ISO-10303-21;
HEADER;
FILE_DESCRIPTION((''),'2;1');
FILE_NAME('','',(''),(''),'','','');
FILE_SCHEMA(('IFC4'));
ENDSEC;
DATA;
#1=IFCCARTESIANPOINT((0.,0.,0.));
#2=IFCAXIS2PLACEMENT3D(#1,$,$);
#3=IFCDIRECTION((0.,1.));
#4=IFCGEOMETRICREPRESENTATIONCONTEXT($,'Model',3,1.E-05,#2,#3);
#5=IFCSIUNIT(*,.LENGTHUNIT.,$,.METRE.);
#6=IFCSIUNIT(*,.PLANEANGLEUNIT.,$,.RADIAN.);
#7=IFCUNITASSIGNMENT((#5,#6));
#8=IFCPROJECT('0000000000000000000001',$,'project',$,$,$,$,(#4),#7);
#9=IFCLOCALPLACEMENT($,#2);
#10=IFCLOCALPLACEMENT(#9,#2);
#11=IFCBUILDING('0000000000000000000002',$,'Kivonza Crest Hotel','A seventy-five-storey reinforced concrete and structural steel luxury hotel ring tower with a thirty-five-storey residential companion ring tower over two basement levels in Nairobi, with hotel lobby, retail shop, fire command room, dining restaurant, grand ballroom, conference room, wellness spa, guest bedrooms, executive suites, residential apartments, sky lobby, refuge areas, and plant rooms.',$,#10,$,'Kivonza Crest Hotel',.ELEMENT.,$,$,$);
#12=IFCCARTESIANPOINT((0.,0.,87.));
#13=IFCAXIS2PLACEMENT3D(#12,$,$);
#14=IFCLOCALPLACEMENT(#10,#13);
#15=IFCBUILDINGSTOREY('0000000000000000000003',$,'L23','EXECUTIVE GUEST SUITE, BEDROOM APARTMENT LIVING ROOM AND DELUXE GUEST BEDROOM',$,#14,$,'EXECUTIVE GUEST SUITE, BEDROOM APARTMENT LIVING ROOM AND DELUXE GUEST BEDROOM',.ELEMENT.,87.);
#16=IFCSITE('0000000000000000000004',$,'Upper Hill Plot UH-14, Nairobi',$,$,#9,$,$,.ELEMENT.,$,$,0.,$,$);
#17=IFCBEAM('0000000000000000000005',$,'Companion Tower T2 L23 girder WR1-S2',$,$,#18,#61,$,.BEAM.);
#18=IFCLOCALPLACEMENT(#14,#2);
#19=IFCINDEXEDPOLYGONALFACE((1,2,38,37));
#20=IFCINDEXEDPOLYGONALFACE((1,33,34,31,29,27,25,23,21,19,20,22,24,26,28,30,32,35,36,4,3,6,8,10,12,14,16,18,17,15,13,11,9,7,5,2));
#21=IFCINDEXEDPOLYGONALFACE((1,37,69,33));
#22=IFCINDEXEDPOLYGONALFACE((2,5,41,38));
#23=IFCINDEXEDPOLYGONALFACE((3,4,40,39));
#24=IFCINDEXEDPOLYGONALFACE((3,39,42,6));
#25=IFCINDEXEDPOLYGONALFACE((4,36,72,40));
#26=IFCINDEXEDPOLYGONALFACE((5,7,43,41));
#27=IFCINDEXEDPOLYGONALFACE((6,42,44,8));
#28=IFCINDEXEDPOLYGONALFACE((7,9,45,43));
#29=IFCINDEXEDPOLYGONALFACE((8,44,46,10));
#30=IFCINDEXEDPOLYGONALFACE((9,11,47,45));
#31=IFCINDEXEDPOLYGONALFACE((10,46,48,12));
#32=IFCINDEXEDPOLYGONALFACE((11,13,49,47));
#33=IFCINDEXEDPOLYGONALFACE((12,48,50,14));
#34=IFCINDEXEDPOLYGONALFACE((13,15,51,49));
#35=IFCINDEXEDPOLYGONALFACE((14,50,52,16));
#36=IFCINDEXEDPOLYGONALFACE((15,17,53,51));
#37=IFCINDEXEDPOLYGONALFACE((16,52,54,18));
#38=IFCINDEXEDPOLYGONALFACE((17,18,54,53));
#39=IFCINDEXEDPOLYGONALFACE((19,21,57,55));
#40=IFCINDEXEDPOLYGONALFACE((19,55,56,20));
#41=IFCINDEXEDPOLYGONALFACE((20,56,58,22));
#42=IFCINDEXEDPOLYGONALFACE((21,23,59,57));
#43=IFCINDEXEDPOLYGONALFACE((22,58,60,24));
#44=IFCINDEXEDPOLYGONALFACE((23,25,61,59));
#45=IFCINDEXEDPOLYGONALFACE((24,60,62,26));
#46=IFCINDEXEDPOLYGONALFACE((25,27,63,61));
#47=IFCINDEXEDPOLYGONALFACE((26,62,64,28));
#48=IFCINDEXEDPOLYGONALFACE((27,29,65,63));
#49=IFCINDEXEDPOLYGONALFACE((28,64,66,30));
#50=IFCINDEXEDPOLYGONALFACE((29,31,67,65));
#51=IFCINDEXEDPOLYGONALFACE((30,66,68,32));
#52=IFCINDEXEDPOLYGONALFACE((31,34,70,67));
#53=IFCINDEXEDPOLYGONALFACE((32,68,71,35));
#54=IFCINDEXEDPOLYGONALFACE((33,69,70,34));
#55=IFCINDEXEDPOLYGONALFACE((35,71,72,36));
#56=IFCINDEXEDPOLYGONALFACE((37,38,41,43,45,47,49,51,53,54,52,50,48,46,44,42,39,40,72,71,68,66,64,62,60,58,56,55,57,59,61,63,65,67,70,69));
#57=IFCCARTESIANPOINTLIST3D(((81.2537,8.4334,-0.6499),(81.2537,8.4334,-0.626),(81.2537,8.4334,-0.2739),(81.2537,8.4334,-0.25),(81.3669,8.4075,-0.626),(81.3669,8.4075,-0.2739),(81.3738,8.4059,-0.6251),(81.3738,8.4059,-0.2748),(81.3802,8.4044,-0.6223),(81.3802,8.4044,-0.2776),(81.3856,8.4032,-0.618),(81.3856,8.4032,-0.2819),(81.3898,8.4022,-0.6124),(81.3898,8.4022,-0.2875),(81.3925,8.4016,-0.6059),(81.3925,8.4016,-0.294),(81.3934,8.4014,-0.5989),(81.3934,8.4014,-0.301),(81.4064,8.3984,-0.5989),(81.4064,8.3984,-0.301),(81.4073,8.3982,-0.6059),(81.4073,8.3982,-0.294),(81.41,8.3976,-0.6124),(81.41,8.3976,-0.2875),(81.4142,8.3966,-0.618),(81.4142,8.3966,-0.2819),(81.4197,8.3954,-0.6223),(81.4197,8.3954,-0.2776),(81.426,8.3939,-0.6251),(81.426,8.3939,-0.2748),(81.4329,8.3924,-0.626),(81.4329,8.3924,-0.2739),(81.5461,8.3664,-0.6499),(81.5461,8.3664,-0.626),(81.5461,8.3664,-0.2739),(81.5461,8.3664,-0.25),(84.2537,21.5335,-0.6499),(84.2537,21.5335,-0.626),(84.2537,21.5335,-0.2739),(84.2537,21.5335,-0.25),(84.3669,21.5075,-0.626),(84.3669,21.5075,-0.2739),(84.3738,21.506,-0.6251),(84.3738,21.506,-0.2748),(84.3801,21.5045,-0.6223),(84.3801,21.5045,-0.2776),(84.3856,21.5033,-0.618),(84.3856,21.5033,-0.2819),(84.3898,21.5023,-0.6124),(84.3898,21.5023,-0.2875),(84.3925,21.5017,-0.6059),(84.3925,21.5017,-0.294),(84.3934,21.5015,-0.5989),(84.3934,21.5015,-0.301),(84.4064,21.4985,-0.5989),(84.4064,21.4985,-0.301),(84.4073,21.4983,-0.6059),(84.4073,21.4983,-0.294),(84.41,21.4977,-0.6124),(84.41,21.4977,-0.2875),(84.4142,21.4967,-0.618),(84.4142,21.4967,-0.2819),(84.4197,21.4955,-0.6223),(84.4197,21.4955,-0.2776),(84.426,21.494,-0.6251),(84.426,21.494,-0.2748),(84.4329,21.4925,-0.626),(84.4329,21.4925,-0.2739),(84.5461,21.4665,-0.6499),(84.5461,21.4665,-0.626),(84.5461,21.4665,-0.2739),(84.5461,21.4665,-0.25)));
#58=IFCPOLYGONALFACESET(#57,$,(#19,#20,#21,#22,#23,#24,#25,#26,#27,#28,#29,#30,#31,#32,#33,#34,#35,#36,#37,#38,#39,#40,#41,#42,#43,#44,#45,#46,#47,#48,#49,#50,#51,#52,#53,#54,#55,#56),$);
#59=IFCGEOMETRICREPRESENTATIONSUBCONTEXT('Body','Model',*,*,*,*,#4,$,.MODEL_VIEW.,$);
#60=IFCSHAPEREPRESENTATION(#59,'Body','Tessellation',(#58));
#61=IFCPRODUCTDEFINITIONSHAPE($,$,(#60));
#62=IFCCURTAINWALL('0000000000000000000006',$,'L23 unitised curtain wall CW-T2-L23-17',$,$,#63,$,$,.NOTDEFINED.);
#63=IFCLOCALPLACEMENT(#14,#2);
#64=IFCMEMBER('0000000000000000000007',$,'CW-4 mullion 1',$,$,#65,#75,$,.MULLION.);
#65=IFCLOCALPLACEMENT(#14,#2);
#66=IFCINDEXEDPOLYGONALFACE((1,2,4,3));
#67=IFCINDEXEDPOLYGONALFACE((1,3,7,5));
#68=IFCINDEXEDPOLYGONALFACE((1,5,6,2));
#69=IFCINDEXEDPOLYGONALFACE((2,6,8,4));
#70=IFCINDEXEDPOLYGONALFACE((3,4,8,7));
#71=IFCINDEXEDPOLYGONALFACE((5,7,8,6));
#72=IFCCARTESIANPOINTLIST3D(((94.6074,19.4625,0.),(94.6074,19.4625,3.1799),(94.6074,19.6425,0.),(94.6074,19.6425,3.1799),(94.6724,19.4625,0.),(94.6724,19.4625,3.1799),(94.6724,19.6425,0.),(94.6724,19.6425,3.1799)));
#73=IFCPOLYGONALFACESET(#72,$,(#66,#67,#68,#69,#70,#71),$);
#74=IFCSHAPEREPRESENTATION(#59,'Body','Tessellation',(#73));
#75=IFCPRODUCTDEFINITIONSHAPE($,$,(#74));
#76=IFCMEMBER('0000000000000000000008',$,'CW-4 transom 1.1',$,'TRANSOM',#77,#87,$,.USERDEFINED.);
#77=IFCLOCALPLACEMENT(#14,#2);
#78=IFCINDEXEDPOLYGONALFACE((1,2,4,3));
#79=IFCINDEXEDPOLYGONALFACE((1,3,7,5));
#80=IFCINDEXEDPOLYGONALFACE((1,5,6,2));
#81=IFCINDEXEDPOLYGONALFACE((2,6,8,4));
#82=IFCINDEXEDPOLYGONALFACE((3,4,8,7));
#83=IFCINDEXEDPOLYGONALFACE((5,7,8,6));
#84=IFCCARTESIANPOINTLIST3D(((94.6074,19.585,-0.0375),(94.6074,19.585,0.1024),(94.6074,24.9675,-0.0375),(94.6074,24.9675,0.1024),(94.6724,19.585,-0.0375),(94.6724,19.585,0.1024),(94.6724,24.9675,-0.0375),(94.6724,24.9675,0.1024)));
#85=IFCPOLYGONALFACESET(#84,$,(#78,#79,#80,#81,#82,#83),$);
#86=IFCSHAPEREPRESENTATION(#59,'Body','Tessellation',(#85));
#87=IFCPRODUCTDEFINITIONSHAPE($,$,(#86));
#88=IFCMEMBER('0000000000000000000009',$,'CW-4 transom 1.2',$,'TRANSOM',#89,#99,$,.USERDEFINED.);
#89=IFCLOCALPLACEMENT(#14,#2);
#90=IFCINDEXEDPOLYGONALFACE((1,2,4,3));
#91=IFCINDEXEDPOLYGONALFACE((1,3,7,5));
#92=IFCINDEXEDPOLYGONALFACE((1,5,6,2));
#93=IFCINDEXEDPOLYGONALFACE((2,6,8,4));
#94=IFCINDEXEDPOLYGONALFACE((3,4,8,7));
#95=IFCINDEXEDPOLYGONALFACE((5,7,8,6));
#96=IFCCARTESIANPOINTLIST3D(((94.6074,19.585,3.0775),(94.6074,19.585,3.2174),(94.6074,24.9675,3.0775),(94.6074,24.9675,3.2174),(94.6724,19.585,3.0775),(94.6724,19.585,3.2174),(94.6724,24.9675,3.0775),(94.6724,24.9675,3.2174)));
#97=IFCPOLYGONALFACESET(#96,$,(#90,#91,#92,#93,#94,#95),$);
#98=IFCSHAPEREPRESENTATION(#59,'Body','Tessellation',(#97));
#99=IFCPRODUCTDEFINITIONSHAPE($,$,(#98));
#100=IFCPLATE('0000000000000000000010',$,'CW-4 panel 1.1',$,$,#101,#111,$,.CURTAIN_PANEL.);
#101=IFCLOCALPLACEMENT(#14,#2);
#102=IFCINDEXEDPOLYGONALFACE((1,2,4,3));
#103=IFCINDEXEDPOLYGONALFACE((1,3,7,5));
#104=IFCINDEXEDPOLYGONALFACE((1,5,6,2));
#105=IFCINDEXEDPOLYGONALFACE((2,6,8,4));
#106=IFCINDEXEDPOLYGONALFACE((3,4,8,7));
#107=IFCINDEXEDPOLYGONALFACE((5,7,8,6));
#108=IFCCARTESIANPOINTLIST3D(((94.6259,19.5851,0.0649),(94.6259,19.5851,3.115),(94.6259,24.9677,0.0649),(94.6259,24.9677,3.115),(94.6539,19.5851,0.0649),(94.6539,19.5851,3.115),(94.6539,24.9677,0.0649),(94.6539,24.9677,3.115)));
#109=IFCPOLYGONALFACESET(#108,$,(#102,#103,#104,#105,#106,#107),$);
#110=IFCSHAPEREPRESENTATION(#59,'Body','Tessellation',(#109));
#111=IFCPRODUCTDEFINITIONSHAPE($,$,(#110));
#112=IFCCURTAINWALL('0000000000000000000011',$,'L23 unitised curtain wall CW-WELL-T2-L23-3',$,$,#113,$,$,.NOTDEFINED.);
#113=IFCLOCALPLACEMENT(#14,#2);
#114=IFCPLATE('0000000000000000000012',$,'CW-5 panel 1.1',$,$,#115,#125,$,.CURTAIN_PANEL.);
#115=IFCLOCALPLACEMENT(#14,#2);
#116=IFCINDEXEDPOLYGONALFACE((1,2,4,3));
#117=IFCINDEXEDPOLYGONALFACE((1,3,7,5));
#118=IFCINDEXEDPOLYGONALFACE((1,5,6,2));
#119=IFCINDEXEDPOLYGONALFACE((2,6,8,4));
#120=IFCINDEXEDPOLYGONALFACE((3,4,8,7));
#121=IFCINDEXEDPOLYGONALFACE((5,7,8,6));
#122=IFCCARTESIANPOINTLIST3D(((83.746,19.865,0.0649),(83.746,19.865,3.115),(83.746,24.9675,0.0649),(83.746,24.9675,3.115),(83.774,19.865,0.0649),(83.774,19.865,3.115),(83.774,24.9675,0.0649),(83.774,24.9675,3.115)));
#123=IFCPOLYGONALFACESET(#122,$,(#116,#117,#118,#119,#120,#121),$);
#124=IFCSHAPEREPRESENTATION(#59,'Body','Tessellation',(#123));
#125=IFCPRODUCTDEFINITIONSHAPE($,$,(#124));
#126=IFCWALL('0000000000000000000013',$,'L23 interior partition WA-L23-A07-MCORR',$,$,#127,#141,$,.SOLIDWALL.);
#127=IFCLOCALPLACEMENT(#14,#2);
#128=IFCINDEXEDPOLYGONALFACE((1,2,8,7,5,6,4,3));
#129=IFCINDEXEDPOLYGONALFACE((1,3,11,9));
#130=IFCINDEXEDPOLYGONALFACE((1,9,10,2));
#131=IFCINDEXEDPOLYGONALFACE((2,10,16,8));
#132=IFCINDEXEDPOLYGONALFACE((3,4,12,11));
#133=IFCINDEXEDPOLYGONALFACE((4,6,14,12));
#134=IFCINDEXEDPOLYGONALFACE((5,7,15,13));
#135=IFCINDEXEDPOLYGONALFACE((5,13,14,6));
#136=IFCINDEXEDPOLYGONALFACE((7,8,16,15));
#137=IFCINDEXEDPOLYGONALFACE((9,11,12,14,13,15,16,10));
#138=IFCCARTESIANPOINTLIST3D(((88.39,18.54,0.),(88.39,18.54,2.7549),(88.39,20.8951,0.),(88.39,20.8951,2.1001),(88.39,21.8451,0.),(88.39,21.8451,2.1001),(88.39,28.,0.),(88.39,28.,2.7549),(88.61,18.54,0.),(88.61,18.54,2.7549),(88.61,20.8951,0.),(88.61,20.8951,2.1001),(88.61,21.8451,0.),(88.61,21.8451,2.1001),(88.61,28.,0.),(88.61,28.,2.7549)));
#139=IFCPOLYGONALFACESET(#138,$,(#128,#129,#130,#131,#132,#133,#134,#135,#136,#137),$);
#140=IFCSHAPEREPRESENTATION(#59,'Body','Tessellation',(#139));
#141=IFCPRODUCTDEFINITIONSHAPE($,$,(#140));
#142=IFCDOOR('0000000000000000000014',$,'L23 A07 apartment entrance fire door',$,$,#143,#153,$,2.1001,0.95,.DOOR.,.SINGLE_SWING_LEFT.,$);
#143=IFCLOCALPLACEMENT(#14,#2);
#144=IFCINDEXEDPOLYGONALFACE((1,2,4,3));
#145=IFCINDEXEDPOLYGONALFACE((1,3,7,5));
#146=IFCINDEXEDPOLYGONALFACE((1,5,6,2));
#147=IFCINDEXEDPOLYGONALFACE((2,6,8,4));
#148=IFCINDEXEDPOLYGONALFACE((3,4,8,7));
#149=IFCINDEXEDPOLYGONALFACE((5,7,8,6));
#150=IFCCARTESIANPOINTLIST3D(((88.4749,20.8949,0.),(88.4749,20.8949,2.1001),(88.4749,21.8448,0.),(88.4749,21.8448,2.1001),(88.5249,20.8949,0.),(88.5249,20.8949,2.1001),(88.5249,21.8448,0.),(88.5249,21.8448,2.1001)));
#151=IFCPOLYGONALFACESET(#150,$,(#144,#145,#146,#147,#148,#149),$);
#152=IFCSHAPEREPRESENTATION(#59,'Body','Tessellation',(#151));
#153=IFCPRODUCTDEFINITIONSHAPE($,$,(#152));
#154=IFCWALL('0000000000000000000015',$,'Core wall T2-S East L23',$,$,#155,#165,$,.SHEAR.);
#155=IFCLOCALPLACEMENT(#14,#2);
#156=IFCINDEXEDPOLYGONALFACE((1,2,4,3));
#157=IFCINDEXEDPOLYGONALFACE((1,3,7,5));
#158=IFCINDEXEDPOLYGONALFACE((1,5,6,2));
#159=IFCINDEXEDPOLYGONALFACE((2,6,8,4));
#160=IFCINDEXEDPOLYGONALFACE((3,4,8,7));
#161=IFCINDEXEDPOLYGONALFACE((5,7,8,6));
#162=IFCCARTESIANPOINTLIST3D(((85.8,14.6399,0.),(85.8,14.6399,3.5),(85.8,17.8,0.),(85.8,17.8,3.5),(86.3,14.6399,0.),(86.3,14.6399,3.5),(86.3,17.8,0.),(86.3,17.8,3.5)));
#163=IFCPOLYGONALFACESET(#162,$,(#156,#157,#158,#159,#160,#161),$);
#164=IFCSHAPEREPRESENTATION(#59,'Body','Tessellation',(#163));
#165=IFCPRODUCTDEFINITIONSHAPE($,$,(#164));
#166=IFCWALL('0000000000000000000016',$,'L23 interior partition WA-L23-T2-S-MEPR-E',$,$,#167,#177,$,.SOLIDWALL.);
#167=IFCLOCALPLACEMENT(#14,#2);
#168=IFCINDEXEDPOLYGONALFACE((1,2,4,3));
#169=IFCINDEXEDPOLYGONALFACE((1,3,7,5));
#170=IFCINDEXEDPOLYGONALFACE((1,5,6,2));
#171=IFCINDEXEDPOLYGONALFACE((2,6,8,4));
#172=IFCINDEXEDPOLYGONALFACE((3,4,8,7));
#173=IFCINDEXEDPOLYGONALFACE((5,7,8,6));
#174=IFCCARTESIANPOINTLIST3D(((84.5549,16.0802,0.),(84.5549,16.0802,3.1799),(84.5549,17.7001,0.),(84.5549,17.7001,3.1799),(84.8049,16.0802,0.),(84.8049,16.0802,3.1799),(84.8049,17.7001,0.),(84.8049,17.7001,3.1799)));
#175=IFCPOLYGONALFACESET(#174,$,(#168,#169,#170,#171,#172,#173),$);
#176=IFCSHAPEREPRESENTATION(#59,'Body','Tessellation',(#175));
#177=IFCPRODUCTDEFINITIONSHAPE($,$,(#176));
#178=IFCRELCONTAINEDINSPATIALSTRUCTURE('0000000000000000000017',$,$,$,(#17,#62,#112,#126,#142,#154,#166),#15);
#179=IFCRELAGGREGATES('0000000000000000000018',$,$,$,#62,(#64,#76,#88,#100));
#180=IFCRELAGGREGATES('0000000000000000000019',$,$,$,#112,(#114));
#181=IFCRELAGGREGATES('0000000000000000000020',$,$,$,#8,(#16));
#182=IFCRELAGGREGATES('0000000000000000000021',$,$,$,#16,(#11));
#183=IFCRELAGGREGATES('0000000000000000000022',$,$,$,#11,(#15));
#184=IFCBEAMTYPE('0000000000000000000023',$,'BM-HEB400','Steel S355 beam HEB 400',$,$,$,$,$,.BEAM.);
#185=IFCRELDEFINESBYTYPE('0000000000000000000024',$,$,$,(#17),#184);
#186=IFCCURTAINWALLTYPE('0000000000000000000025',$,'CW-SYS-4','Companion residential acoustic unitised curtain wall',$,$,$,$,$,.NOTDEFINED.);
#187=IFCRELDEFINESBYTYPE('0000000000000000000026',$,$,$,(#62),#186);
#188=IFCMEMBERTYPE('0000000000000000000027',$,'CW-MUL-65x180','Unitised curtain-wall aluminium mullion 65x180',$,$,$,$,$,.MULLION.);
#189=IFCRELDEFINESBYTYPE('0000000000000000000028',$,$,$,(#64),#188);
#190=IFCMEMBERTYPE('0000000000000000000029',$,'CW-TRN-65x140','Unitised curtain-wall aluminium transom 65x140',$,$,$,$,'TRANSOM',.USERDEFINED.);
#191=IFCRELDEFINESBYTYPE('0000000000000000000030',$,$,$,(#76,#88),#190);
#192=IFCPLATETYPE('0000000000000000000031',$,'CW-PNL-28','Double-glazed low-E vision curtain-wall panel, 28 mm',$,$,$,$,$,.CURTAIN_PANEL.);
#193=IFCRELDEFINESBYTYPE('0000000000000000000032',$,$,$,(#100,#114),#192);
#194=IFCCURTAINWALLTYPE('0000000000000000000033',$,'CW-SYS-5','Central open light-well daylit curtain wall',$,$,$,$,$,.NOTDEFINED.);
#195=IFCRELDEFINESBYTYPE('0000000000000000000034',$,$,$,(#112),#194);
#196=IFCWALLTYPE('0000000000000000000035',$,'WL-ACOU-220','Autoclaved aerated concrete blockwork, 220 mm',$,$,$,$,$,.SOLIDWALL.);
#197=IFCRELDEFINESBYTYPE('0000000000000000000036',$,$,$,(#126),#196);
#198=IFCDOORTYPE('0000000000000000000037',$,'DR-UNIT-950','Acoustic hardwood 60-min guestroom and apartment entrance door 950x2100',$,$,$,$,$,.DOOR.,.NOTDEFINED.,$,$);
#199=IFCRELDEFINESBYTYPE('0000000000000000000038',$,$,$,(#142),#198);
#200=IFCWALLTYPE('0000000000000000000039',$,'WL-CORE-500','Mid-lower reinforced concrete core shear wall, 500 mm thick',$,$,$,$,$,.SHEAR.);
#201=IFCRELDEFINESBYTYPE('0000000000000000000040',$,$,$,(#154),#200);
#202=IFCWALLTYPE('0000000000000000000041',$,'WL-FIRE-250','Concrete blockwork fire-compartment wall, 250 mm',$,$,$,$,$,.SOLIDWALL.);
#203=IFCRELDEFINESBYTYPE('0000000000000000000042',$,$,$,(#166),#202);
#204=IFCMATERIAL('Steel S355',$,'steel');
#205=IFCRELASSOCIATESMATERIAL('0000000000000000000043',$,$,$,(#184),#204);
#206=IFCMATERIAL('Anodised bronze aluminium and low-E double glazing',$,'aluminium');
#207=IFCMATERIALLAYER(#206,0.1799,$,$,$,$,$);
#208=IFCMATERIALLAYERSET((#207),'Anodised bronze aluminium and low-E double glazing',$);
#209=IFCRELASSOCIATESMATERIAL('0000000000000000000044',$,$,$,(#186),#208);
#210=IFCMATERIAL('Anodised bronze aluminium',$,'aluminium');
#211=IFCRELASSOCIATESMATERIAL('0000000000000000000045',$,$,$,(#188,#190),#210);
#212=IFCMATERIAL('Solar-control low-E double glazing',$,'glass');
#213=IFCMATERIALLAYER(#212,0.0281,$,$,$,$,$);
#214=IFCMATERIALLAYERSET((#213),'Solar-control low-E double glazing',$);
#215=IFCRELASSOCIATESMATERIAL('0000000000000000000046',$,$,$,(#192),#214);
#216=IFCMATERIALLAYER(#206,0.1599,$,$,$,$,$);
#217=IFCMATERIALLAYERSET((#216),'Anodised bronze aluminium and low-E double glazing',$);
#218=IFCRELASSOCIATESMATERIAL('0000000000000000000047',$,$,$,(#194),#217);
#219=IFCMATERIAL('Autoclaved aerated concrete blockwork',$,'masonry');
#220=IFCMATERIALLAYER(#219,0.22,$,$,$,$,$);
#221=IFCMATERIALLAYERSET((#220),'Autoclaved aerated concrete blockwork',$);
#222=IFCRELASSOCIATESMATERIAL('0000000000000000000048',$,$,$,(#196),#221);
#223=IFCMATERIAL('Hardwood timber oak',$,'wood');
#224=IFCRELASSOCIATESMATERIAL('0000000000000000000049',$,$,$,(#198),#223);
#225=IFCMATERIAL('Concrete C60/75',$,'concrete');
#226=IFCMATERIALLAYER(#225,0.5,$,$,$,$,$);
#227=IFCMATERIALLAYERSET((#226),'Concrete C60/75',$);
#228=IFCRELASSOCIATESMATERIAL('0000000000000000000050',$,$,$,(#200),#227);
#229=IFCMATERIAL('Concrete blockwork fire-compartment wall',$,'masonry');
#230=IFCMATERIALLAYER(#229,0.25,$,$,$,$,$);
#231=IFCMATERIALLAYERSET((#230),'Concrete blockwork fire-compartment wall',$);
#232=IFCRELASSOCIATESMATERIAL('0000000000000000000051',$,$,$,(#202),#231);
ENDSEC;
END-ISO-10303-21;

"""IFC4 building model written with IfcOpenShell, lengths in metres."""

from ifc_helpers import new_model, si_unit, direction, frame, frame_2d, origin, origin_2d, place, context, subcontext, project, spatial, rectangle, i_section, extrude, material, layer, layer_set, material_profile, profile_set, type_object, element, fill, aggregate, save


model = new_model("IFC4")

# Units and contexts
model_context = context("Model", 3, precision=1e-05, world=origin(), true_north=direction((0.0, 1.0)))
body_context = subcontext(model_context, "Body", "Model", "MODEL_VIEW")
ifc_project = project(units=[si_unit("LENGTHUNIT", "METRE"), si_unit("PLANEANGLEUNIT", "RADIAN")], contexts=[model_context])

# Site, building, storey
site_placement = place(None, origin())
site = spatial("IfcSite", under=ifc_project, at=site_placement, Name="Upper Hill Plot UH-14, Nairobi", CompositionType="ELEMENT", RefElevation=0.0)
building_placement = place(site_placement, origin())
building = spatial("IfcBuilding", under=site, at=building_placement, Name="Kivonza Crest Hotel", Description="A seventy-five-storey reinforced concrete and structural steel luxury hotel ring tower with a thirty-five-storey residential companion ring tower over two basement levels in Nairobi, with hotel lobby, retail shop, fire command room, dining restaurant, grand ballroom, conference room, wellness spa, guest bedrooms, executive suites, residential apartments, sky lobby, refuge areas, and plant rooms.", LongName="Kivonza Crest Hotel", CompositionType="ELEMENT")
storey_placement = place(building_placement, frame((0.0, 0.0, 87.0)))
storey = spatial("IfcBuildingStorey", under=building, at=storey_placement, Name="L23", Description="EXECUTIVE GUEST SUITE, BEDROOM APARTMENT LIVING ROOM AND DELUXE GUEST BEDROOM", LongName="EXECUTIVE GUEST SUITE, BEDROOM APARTMENT LIVING ROOM AND DELUXE GUEST BEDROOM", CompositionType="ELEMENT", Elevation=87.0)

# Beam
ifc_material_1 = material(Name="Steel S355", Category="steel")
ifc_material_profile_1 = material_profile(ifc_material_1, i_section(OverallWidth=0.3, OverallDepth=0.3999, WebThickness=0.0134, FlangeThickness=0.0239, FilletRadius=0.0271, at=origin_2d()), Name="HEB 400")
ifc_profile_set_1 = profile_set([ifc_material_profile_1], Name="Steel S355")
beam_type_1 = type_object("IfcBeamType", Name="BM-HEB400", Description="Steel S355 beam HEB 400", PredefinedType="BEAM", material=ifc_profile_set_1)
beam_1_placement = place(storey_placement, frame((84.3999, 21.5, -0.45), z_axis=(-0.223227, -0.974766, 0.0), x_axis=(0.974766, -0.223227, 0.0)))
element("IfcBeam", 1, at=beam_1_placement, inside=storey, type_object=beam_type_1, Name="Companion Tower T2 L23 girder WR1-S2", PredefinedType="BEAM", context=body_context, shape_type="SweptSolid", body=[
    extrude(i_section(OverallWidth=0.3, OverallDepth=0.3999, WebThickness=0.0134, FlangeThickness=0.0239, FilletRadius=0.0271, at=origin_2d()), origin(), (0.0, 0.0, 1.0), 13.4392),
])

# Curtain wall, members, plate
ifc_material_2 = material(Name="Anodised bronze aluminium and low-E double glazing", Category="aluminium")
ifc_layer_1 = layer(ifc_material_2, 0.1799)
ifc_layer_set_1 = layer_set([ifc_layer_1], Name="Anodised bronze aluminium and low-E double glazing")
curtain_wall_type_1 = type_object("IfcCurtainWallType", Name="CW-SYS-4", Description="Companion residential acoustic unitised curtain wall", PredefinedType="NOTDEFINED", material=ifc_layer_set_1)
curtain_wall_1_placement = place(storey_placement, origin())
curtain_wall_1 = element("IfcCurtainWall", 2, at=curtain_wall_1_placement, inside=storey, type_object=curtain_wall_type_1, Name="L23 unitised curtain wall CW-T2-L23-17", PredefinedType="NOTDEFINED")
ifc_material_3 = material(Name="Anodised bronze aluminium", Category="aluminium")
ifc_material_profile_2 = material_profile(ifc_material_3, rectangle(XDim=0.0649, YDim=0.1799, at=origin_2d()), Name="CW-M 65x180")
ifc_profile_set_2 = profile_set([ifc_material_profile_2], Name="Anodised bronze aluminium")
member_type_1 = type_object("IfcMemberType", Name="CW-MUL-65x180", Description="Unitised curtain-wall aluminium mullion 65x180", PredefinedType="MULLION", material=ifc_profile_set_2)
member_1_placement = place(storey_placement, frame((94.6399, 19.5525, 0.0), z_axis=(0.0, 0.0, 1.0), x_axis=(-1.0, 0.0, 0.0)))
member_1 = element("IfcMember", 3, at=member_1_placement, type_object=member_type_1, Name="CW-4 mullion 1", PredefinedType="MULLION", context=body_context, shape_type="SweptSolid", body=[
    extrude(rectangle(XDim=0.0649, YDim=0.1799, at=origin_2d()), origin(), (0.0, 0.0, 1.0), 3.1799),
])
ifc_material_profile_3 = material_profile(ifc_material_3, rectangle(XDim=0.0649, YDim=0.1399, at=origin_2d()), Name="CW-T 65x140")
ifc_profile_set_3 = profile_set([ifc_material_profile_3], Name="Anodised bronze aluminium")
member_type_2 = type_object("IfcMemberType", Name="CW-TRN-65x140", Description="Unitised curtain-wall aluminium transom 65x140", ElementType="TRANSOM", PredefinedType="USERDEFINED", material=ifc_profile_set_3)
member_2_placement = place(storey_placement, frame((94.6399, 19.585, 0.0325), z_axis=(0.0, 1.0, 0.0), x_axis=(-1.0, 0.0, 0.0)))
member_2 = element("IfcMember", 4, at=member_2_placement, type_object=member_type_2, Name="CW-4 transom 1.1", ObjectType="TRANSOM", PredefinedType="USERDEFINED", context=body_context, shape_type="SweptSolid", body=[
    extrude(rectangle(XDim=0.0649, YDim=0.1399, at=origin_2d()), origin(), (0.0, 0.0, 1.0), 5.3826),
])
member_3_placement = place(storey_placement, frame((94.6399, 19.585, 3.1475), z_axis=(0.0, 1.0, 0.0), x_axis=(-1.0, 0.0, 0.0)))
member_3 = element("IfcMember", 5, at=member_3_placement, type_object=member_type_2, Name="CW-4 transom 1.2", ObjectType="TRANSOM", PredefinedType="USERDEFINED", context=body_context, shape_type="SweptSolid", body=[
    extrude(rectangle(XDim=0.0649, YDim=0.1399, at=origin_2d()), origin(), (0.0, 0.0, 1.0), 5.3826),
])
ifc_material_4 = material(Name="Solar-control low-E double glazing", Category="glass")
ifc_layer_2 = layer(ifc_material_4, 0.0281)
ifc_layer_set_2 = layer_set([ifc_layer_2], Name="Solar-control low-E double glazing")
plate_type = type_object("IfcPlateType", Name="CW-PNL-28", Description="Double-glazed low-E vision curtain-wall panel, 28 mm", PredefinedType="CURTAIN_PANEL", material=ifc_layer_set_2)
plate_1_placement = place(storey_placement, frame((94.6399, 22.2764, 0.0649), z_axis=(0.0, 0.0, 1.0), x_axis=(0.0, 1.0, 0.0)))
plate_1 = element("IfcPlate", 6, at=plate_1_placement, type_object=plate_type, Name="CW-4 panel 1.1", PredefinedType="CURTAIN_PANEL", context=body_context, shape_type="SweptSolid", body=[
    extrude(rectangle(XDim=5.3826, YDim=0.0281, at=origin_2d()), origin(), (0.0, 0.0, 1.0), 3.05),
])
aggregate(curtain_wall_1, [member_1, member_2, member_3, plate_1])

# Curtain wall, plate
ifc_layer_3 = layer(ifc_material_2, 0.1599)
ifc_layer_set_3 = layer_set([ifc_layer_3], Name="Anodised bronze aluminium and low-E double glazing")
curtain_wall_type_2 = type_object("IfcCurtainWallType", Name="CW-SYS-5", Description="Central open light-well daylit curtain wall", PredefinedType="NOTDEFINED", material=ifc_layer_set_3)
curtain_wall_2_placement = place(storey_placement, origin())
curtain_wall_2 = element("IfcCurtainWall", 7, at=curtain_wall_2_placement, inside=storey, type_object=curtain_wall_type_2, Name="L23 unitised curtain wall CW-WELL-T2-L23-3", PredefinedType="NOTDEFINED")
plate_2_placement = place(storey_placement, frame((83.76, 22.4163, 0.0649), z_axis=(0.0, 0.0, 1.0), x_axis=(0.0, 1.0, 0.0)))
plate_2 = element("IfcPlate", 8, at=plate_2_placement, type_object=plate_type, Name="CW-5 panel 1.1", PredefinedType="CURTAIN_PANEL", context=body_context, shape_type="SweptSolid", body=[
    extrude(rectangle(XDim=5.1025, YDim=0.0281, at=origin_2d()), origin(), (0.0, 0.0, 1.0), 3.05),
])
aggregate(curtain_wall_2, [plate_2])

# Wall, opening, door
ifc_material_5 = material(Name="Autoclaved aerated concrete blockwork", Category="masonry")
ifc_layer_4 = layer(ifc_material_5, 0.22)
ifc_layer_set_4 = layer_set([ifc_layer_4], Name="Autoclaved aerated concrete blockwork")
wall_type_1 = type_object("IfcWallType", Name="WL-ACOU-220", Description="Autoclaved aerated concrete blockwork, 220 mm", PredefinedType="SOLIDWALL", material=ifc_layer_set_4)
wall_1_placement = place(storey_placement, frame((88.5, 18.54, 0.0), z_axis=(0.0, 0.0, 1.0), x_axis=(0.0, 1.0, 0.0)))
wall_1 = element("IfcWall", 9, at=wall_1_placement, inside=storey, type_object=wall_type_1, Name="L23 interior partition WA-L23-A07-MCORR", PredefinedType="SOLIDWALL", context=body_context, shape_type="SweptSolid", body=[
    extrude(rectangle(XDim=9.46, YDim=0.22, at=frame_2d((4.73, 0.0))), origin(), (0.0, 0.0, 1.0), 2.7549),
])
opening_1_placement = place(wall_1_placement, frame((2.355, 0.0, 0.0)))
opening_1 = element("IfcOpeningElement", 10, at=opening_1_placement, cuts=wall_1, PredefinedType="OPENING", context=body_context, shape_type="SweptSolid", body=[
    extrude(rectangle(XDim=0.95, YDim=2.1001, at=frame_2d((0.4751, 1.05))), frame((0.0, 0.1201, 0.0), z_axis=(0.0, -1.0, 0.0), x_axis=(1.0, 0.0, 0.0)), (0.0, 0.0, 1.0), 0.24),
])
ifc_material_6 = material(Name="Hardwood timber oak", Category="wood")
door_type_1 = type_object("IfcDoorType", Name="DR-UNIT-950", Description="Acoustic hardwood 60-min guestroom and apartment entrance door 950x2100", OperationType="NOTDEFINED", PredefinedType="DOOR", material=ifc_material_6)
door_1_placement = place(opening_1_placement, frame((0.95, 0.0, 0.0), z_axis=(0.0, 0.0, 1.0), x_axis=(-1.0, 0.0, 0.0)))
door_1 = element("IfcDoor", 11, at=door_1_placement, inside=storey, type_object=door_type_1, Name="L23 A07 apartment entrance fire door", OperationType="SINGLE_SWING_LEFT", OverallHeight=2.1001, OverallWidth=0.95, PredefinedType="DOOR", context=body_context, shape_type="SweptSolid", body=[
    extrude(rectangle(XDim=0.95, YDim=2.1001, at=frame_2d((0.4751, 1.05))), frame((0.0, 0.0249, 0.0), z_axis=(0.0, -1.0, 0.0), x_axis=(1.0, 0.0, 0.0)), (0.0, 0.0, 1.0), 0.05),
])
fill(opening_1, door_1)

# Walls
ifc_material_7 = material(Name="Concrete C60/75", Category="concrete")
ifc_layer_5 = layer(ifc_material_7, 0.5)
ifc_layer_set_5 = layer_set([ifc_layer_5], Name="Concrete C60/75")
wall_type_2 = type_object("IfcWallType", Name="WL-CORE-500", Description="Mid-lower reinforced concrete core shear wall, 500 mm thick", PredefinedType="SHEAR", material=ifc_layer_set_5)
wall_2_placement = place(storey_placement, frame((86.05, 14.6399, 0.0), z_axis=(0.0, 0.0, 1.0), x_axis=(0.0, 1.0, 0.0)))
element("IfcWall", 12, at=wall_2_placement, inside=storey, type_object=wall_type_2, Name="Core wall T2-S East L23", PredefinedType="SHEAR", context=body_context, shape_type="SweptSolid", body=[
    extrude(rectangle(XDim=3.1602, YDim=0.5, at=frame_2d((1.5801, 0.0))), origin(), (0.0, 0.0, 1.0), 3.5),
])
ifc_material_8 = material(Name="Concrete blockwork fire-compartment wall", Category="masonry")
ifc_layer_6 = layer(ifc_material_8, 0.25)
ifc_layer_set_6 = layer_set([ifc_layer_6], Name="Concrete blockwork fire-compartment wall")
wall_type_3 = type_object("IfcWallType", Name="WL-FIRE-250", Description="Concrete blockwork fire-compartment wall, 250 mm", PredefinedType="SOLIDWALL", material=ifc_layer_set_6)
wall_3_placement = place(storey_placement, frame((84.6799, 16.0801, 0.0), z_axis=(0.0, 0.0, 1.0), x_axis=(0.0, 1.0, 0.0)))
element("IfcWall", 13, at=wall_3_placement, inside=storey, type_object=wall_type_3, Name="L23 interior partition WA-L23-T2-S-MEPR-E", PredefinedType="SOLIDWALL", context=body_context, shape_type="SweptSolid", body=[
    extrude(rectangle(XDim=1.6199, YDim=0.25, at=frame_2d((0.8101, 0.0))), origin(), (0.0, 0.0, 1.0), 3.1799),
])

save(model, "model.ifc")
